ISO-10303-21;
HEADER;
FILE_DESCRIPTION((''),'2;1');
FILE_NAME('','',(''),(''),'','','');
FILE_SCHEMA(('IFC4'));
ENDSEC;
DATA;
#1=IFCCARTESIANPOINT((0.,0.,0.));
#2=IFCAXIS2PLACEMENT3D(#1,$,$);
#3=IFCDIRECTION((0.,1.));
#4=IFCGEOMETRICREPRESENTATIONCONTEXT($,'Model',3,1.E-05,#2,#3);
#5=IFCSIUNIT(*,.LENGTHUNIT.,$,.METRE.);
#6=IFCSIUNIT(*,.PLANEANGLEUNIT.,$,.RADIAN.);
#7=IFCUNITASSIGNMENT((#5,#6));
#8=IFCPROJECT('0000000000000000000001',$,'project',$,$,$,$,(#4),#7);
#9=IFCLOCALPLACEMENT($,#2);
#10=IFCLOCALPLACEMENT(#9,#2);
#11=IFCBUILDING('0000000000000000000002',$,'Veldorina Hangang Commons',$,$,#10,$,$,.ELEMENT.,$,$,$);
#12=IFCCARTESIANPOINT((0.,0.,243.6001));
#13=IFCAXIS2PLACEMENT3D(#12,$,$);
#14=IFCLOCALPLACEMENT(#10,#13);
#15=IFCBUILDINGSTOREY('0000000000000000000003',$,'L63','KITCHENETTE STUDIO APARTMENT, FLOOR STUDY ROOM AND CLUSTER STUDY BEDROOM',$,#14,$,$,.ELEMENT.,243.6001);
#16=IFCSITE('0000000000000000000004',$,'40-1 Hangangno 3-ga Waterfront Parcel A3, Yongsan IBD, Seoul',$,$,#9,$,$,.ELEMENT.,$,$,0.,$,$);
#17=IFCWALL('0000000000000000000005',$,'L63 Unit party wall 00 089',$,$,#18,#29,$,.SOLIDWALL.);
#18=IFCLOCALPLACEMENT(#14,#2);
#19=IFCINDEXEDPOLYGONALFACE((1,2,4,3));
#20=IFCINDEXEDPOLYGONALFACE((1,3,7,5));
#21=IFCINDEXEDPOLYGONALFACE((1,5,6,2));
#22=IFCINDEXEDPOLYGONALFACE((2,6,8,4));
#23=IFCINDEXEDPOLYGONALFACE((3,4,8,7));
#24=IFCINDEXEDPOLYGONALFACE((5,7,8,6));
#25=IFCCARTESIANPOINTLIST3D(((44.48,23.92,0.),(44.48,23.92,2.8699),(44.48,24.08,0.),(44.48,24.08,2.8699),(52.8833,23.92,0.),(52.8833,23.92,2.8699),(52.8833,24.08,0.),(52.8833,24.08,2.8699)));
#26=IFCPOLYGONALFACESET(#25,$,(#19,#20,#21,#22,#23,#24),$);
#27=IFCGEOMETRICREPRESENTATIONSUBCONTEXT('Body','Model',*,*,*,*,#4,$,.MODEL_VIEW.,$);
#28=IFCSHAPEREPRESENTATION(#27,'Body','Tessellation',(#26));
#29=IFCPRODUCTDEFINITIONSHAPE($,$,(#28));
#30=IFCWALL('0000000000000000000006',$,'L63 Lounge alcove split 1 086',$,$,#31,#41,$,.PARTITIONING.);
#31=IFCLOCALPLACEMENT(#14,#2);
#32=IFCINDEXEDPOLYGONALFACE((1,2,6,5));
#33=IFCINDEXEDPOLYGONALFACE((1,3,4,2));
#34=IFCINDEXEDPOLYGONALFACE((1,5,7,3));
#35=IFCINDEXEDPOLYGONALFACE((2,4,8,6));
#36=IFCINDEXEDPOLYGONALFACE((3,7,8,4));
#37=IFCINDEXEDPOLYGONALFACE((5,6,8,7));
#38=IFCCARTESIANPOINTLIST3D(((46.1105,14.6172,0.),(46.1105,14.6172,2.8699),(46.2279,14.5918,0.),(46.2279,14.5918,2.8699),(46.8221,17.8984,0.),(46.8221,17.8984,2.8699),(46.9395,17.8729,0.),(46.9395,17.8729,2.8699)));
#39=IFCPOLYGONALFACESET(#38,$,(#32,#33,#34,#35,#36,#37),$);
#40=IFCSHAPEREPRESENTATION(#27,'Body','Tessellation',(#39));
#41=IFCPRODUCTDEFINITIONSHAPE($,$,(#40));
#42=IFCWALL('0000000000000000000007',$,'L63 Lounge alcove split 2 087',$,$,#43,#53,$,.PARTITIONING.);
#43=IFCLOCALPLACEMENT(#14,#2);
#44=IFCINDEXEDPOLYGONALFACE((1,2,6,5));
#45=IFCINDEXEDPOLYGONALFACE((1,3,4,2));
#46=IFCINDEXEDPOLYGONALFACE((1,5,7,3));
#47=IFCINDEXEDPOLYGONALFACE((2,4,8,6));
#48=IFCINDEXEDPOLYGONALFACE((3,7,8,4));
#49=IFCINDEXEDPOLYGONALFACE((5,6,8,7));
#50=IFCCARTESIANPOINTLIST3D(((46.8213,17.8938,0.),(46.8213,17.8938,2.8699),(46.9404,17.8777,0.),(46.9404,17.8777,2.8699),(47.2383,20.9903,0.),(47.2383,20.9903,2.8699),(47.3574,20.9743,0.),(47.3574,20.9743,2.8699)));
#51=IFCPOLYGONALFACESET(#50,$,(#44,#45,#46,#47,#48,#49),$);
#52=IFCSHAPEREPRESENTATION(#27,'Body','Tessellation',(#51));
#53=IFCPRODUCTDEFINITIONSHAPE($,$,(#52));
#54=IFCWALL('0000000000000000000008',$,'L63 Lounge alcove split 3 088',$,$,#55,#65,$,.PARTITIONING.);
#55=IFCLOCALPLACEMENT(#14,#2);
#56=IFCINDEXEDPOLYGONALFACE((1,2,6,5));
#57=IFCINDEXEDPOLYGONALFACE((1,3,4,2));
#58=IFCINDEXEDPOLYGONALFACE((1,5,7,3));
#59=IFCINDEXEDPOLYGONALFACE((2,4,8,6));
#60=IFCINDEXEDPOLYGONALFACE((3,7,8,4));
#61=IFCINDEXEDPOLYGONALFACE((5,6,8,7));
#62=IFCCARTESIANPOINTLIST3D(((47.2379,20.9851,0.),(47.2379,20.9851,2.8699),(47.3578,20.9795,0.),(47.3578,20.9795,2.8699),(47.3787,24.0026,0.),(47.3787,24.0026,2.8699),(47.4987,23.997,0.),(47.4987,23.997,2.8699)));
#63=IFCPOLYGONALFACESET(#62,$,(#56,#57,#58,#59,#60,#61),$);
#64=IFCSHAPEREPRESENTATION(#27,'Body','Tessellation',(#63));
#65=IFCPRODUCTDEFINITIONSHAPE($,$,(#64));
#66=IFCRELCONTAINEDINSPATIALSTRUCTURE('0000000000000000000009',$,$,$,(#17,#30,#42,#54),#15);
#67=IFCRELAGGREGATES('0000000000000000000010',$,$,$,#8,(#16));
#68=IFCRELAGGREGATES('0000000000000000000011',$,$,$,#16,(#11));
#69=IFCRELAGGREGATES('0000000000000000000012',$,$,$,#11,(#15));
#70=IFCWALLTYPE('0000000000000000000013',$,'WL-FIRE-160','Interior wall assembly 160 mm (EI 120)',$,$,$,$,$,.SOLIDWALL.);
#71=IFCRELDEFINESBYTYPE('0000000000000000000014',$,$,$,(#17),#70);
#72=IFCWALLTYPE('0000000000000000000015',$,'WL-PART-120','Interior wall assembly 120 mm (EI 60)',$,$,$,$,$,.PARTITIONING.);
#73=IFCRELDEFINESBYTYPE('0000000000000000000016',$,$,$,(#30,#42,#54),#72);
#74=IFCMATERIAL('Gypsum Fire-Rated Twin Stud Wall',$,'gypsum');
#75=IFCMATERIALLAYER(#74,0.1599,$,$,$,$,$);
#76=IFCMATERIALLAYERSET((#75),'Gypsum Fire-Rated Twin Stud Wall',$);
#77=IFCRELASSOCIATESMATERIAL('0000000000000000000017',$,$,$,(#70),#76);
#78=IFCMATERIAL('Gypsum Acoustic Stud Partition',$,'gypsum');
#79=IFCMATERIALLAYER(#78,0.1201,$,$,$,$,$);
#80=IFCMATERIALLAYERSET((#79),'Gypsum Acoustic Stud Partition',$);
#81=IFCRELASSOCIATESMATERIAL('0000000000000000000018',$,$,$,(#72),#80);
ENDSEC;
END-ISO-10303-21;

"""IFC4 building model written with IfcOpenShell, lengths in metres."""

from ifc_helpers import new_model, si_unit, direction, frame, frame_2d, origin, place, context, subcontext, project, spatial, rectangle, extrude, material, layer, layer_set, type_object, element, save


model = new_model("IFC4")

# Units and contexts
model_context = context("Model", 3, precision=1e-05, world=origin(), true_north=direction((0.0, 1.0)))
body_context = subcontext(model_context, "Body", "Model", "MODEL_VIEW")
ifc_project = project(units=[si_unit("LENGTHUNIT", "METRE"), si_unit("PLANEANGLEUNIT", "RADIAN")], contexts=[model_context])

# Site, building, storey
site_placement = place(None, origin())
site = spatial("IfcSite", under=ifc_project, at=site_placement, Name="40-1 Hangangno 3-ga Waterfront Parcel A3, Yongsan IBD, Seoul", CompositionType="ELEMENT", RefElevation=0.0)
building_placement = place(site_placement, origin())
building = spatial("IfcBuilding", under=site, at=building_placement, Name="Veldorina Hangang Commons", CompositionType="ELEMENT")
storey_placement = place(building_placement, frame((0.0, 0.0, 243.6001)))
storey = spatial("IfcBuildingStorey", under=building, at=storey_placement, Name="L63", Description="KITCHENETTE STUDIO APARTMENT, FLOOR STUDY ROOM AND CLUSTER STUDY BEDROOM", CompositionType="ELEMENT", Elevation=243.6001)

# Shared definitions
ifc_material_1 = material(Name="Gypsum Fire-Rated Twin Stud Wall", Category="gypsum")
ifc_layer_1 = layer(ifc_material_1, 0.1599)
ifc_layer_set_1 = layer_set([ifc_layer_1], Name="Gypsum Fire-Rated Twin Stud Wall")
wall_type_1 = type_object("IfcWallType", Name="WL-FIRE-160", Description="Interior wall assembly 160 mm (EI 120)", PredefinedType="SOLIDWALL", material=ifc_layer_set_1)

# Walls
wall_1_placement = place(storey_placement, frame((44.48, 24.0, 0.0), z_axis=(0.0, 0.0, 1.0), x_axis=(1.0, 0.0, 0.0)))
element("IfcWall", 1, at=wall_1_placement, inside=storey, type_object=wall_type_1, Name="L63 Unit party wall 00 089", PredefinedType="SOLIDWALL", context=body_context, shape_type="SweptSolid", body=[
    extrude(rectangle(XDim=8.4033, YDim=0.1599, at=frame_2d((4.2017, 0.0))), origin(), (0.0, 0.0, 1.0), 2.8699),
])
ifc_material_2 = material(Name="Gypsum Acoustic Stud Partition", Category="gypsum")
ifc_layer_2 = layer(ifc_material_2, 0.1201)
ifc_layer_set_2 = layer_set([ifc_layer_2], Name="Gypsum Acoustic Stud Partition")
wall_type_2 = type_object("IfcWallType", Name="WL-PART-120", Description="Interior wall assembly 120 mm (EI 60)", PredefinedType="PARTITIONING", material=ifc_layer_set_2)
wall_2_placement = place(storey_placement, frame((46.1692, 14.6045, 0.0), z_axis=(0.0, 0.0, 1.0), x_axis=(0.211962, 0.977278, 0.0)))
element("IfcWall", 2, at=wall_2_placement, inside=storey, type_object=wall_type_2, Name="L63 Lounge alcove split 1 086", PredefinedType="PARTITIONING", context=body_context, shape_type="SweptSolid", body=[
    extrude(rectangle(XDim=3.3574, YDim=0.1201, at=frame_2d((1.6787, 0.0))), origin(), (0.0, 0.0, 1.0), 2.8699),
])
wall_3_placement = place(storey_placement, frame((46.8809, 17.8857, 0.0), z_axis=(0.0, 0.0, 1.0), x_axis=(0.133453, 0.991055, 0.0)))
element("IfcWall", 3, at=wall_3_placement, inside=storey, type_object=wall_type_2, Name="L63 Lounge alcove split 2 087", PredefinedType="PARTITIONING", context=body_context, shape_type="SweptSolid", body=[
    extrude(rectangle(XDim=3.1245, YDim=0.1201, at=frame_2d((1.5623, 0.0))), origin(), (0.0, 0.0, 1.0), 2.8699),
])
wall_4_placement = place(storey_placement, frame((47.2979, 20.9824, 0.0), z_axis=(0.0, 0.0, 1.0), x_axis=(0.046632, 0.998912, 0.0)))
element("IfcWall", 4, at=wall_4_placement, inside=storey, type_object=wall_type_2, Name="L63 Lounge alcove split 3 088", PredefinedType="PARTITIONING", context=body_context, shape_type="SweptSolid", body=[
    extrude(rectangle(XDim=3.0208, YDim=0.1201, at=frame_2d((1.5103, 0.0))), origin(), (0.0, 0.0, 1.0), 2.8699),
])

save(model, "model.ifc")
